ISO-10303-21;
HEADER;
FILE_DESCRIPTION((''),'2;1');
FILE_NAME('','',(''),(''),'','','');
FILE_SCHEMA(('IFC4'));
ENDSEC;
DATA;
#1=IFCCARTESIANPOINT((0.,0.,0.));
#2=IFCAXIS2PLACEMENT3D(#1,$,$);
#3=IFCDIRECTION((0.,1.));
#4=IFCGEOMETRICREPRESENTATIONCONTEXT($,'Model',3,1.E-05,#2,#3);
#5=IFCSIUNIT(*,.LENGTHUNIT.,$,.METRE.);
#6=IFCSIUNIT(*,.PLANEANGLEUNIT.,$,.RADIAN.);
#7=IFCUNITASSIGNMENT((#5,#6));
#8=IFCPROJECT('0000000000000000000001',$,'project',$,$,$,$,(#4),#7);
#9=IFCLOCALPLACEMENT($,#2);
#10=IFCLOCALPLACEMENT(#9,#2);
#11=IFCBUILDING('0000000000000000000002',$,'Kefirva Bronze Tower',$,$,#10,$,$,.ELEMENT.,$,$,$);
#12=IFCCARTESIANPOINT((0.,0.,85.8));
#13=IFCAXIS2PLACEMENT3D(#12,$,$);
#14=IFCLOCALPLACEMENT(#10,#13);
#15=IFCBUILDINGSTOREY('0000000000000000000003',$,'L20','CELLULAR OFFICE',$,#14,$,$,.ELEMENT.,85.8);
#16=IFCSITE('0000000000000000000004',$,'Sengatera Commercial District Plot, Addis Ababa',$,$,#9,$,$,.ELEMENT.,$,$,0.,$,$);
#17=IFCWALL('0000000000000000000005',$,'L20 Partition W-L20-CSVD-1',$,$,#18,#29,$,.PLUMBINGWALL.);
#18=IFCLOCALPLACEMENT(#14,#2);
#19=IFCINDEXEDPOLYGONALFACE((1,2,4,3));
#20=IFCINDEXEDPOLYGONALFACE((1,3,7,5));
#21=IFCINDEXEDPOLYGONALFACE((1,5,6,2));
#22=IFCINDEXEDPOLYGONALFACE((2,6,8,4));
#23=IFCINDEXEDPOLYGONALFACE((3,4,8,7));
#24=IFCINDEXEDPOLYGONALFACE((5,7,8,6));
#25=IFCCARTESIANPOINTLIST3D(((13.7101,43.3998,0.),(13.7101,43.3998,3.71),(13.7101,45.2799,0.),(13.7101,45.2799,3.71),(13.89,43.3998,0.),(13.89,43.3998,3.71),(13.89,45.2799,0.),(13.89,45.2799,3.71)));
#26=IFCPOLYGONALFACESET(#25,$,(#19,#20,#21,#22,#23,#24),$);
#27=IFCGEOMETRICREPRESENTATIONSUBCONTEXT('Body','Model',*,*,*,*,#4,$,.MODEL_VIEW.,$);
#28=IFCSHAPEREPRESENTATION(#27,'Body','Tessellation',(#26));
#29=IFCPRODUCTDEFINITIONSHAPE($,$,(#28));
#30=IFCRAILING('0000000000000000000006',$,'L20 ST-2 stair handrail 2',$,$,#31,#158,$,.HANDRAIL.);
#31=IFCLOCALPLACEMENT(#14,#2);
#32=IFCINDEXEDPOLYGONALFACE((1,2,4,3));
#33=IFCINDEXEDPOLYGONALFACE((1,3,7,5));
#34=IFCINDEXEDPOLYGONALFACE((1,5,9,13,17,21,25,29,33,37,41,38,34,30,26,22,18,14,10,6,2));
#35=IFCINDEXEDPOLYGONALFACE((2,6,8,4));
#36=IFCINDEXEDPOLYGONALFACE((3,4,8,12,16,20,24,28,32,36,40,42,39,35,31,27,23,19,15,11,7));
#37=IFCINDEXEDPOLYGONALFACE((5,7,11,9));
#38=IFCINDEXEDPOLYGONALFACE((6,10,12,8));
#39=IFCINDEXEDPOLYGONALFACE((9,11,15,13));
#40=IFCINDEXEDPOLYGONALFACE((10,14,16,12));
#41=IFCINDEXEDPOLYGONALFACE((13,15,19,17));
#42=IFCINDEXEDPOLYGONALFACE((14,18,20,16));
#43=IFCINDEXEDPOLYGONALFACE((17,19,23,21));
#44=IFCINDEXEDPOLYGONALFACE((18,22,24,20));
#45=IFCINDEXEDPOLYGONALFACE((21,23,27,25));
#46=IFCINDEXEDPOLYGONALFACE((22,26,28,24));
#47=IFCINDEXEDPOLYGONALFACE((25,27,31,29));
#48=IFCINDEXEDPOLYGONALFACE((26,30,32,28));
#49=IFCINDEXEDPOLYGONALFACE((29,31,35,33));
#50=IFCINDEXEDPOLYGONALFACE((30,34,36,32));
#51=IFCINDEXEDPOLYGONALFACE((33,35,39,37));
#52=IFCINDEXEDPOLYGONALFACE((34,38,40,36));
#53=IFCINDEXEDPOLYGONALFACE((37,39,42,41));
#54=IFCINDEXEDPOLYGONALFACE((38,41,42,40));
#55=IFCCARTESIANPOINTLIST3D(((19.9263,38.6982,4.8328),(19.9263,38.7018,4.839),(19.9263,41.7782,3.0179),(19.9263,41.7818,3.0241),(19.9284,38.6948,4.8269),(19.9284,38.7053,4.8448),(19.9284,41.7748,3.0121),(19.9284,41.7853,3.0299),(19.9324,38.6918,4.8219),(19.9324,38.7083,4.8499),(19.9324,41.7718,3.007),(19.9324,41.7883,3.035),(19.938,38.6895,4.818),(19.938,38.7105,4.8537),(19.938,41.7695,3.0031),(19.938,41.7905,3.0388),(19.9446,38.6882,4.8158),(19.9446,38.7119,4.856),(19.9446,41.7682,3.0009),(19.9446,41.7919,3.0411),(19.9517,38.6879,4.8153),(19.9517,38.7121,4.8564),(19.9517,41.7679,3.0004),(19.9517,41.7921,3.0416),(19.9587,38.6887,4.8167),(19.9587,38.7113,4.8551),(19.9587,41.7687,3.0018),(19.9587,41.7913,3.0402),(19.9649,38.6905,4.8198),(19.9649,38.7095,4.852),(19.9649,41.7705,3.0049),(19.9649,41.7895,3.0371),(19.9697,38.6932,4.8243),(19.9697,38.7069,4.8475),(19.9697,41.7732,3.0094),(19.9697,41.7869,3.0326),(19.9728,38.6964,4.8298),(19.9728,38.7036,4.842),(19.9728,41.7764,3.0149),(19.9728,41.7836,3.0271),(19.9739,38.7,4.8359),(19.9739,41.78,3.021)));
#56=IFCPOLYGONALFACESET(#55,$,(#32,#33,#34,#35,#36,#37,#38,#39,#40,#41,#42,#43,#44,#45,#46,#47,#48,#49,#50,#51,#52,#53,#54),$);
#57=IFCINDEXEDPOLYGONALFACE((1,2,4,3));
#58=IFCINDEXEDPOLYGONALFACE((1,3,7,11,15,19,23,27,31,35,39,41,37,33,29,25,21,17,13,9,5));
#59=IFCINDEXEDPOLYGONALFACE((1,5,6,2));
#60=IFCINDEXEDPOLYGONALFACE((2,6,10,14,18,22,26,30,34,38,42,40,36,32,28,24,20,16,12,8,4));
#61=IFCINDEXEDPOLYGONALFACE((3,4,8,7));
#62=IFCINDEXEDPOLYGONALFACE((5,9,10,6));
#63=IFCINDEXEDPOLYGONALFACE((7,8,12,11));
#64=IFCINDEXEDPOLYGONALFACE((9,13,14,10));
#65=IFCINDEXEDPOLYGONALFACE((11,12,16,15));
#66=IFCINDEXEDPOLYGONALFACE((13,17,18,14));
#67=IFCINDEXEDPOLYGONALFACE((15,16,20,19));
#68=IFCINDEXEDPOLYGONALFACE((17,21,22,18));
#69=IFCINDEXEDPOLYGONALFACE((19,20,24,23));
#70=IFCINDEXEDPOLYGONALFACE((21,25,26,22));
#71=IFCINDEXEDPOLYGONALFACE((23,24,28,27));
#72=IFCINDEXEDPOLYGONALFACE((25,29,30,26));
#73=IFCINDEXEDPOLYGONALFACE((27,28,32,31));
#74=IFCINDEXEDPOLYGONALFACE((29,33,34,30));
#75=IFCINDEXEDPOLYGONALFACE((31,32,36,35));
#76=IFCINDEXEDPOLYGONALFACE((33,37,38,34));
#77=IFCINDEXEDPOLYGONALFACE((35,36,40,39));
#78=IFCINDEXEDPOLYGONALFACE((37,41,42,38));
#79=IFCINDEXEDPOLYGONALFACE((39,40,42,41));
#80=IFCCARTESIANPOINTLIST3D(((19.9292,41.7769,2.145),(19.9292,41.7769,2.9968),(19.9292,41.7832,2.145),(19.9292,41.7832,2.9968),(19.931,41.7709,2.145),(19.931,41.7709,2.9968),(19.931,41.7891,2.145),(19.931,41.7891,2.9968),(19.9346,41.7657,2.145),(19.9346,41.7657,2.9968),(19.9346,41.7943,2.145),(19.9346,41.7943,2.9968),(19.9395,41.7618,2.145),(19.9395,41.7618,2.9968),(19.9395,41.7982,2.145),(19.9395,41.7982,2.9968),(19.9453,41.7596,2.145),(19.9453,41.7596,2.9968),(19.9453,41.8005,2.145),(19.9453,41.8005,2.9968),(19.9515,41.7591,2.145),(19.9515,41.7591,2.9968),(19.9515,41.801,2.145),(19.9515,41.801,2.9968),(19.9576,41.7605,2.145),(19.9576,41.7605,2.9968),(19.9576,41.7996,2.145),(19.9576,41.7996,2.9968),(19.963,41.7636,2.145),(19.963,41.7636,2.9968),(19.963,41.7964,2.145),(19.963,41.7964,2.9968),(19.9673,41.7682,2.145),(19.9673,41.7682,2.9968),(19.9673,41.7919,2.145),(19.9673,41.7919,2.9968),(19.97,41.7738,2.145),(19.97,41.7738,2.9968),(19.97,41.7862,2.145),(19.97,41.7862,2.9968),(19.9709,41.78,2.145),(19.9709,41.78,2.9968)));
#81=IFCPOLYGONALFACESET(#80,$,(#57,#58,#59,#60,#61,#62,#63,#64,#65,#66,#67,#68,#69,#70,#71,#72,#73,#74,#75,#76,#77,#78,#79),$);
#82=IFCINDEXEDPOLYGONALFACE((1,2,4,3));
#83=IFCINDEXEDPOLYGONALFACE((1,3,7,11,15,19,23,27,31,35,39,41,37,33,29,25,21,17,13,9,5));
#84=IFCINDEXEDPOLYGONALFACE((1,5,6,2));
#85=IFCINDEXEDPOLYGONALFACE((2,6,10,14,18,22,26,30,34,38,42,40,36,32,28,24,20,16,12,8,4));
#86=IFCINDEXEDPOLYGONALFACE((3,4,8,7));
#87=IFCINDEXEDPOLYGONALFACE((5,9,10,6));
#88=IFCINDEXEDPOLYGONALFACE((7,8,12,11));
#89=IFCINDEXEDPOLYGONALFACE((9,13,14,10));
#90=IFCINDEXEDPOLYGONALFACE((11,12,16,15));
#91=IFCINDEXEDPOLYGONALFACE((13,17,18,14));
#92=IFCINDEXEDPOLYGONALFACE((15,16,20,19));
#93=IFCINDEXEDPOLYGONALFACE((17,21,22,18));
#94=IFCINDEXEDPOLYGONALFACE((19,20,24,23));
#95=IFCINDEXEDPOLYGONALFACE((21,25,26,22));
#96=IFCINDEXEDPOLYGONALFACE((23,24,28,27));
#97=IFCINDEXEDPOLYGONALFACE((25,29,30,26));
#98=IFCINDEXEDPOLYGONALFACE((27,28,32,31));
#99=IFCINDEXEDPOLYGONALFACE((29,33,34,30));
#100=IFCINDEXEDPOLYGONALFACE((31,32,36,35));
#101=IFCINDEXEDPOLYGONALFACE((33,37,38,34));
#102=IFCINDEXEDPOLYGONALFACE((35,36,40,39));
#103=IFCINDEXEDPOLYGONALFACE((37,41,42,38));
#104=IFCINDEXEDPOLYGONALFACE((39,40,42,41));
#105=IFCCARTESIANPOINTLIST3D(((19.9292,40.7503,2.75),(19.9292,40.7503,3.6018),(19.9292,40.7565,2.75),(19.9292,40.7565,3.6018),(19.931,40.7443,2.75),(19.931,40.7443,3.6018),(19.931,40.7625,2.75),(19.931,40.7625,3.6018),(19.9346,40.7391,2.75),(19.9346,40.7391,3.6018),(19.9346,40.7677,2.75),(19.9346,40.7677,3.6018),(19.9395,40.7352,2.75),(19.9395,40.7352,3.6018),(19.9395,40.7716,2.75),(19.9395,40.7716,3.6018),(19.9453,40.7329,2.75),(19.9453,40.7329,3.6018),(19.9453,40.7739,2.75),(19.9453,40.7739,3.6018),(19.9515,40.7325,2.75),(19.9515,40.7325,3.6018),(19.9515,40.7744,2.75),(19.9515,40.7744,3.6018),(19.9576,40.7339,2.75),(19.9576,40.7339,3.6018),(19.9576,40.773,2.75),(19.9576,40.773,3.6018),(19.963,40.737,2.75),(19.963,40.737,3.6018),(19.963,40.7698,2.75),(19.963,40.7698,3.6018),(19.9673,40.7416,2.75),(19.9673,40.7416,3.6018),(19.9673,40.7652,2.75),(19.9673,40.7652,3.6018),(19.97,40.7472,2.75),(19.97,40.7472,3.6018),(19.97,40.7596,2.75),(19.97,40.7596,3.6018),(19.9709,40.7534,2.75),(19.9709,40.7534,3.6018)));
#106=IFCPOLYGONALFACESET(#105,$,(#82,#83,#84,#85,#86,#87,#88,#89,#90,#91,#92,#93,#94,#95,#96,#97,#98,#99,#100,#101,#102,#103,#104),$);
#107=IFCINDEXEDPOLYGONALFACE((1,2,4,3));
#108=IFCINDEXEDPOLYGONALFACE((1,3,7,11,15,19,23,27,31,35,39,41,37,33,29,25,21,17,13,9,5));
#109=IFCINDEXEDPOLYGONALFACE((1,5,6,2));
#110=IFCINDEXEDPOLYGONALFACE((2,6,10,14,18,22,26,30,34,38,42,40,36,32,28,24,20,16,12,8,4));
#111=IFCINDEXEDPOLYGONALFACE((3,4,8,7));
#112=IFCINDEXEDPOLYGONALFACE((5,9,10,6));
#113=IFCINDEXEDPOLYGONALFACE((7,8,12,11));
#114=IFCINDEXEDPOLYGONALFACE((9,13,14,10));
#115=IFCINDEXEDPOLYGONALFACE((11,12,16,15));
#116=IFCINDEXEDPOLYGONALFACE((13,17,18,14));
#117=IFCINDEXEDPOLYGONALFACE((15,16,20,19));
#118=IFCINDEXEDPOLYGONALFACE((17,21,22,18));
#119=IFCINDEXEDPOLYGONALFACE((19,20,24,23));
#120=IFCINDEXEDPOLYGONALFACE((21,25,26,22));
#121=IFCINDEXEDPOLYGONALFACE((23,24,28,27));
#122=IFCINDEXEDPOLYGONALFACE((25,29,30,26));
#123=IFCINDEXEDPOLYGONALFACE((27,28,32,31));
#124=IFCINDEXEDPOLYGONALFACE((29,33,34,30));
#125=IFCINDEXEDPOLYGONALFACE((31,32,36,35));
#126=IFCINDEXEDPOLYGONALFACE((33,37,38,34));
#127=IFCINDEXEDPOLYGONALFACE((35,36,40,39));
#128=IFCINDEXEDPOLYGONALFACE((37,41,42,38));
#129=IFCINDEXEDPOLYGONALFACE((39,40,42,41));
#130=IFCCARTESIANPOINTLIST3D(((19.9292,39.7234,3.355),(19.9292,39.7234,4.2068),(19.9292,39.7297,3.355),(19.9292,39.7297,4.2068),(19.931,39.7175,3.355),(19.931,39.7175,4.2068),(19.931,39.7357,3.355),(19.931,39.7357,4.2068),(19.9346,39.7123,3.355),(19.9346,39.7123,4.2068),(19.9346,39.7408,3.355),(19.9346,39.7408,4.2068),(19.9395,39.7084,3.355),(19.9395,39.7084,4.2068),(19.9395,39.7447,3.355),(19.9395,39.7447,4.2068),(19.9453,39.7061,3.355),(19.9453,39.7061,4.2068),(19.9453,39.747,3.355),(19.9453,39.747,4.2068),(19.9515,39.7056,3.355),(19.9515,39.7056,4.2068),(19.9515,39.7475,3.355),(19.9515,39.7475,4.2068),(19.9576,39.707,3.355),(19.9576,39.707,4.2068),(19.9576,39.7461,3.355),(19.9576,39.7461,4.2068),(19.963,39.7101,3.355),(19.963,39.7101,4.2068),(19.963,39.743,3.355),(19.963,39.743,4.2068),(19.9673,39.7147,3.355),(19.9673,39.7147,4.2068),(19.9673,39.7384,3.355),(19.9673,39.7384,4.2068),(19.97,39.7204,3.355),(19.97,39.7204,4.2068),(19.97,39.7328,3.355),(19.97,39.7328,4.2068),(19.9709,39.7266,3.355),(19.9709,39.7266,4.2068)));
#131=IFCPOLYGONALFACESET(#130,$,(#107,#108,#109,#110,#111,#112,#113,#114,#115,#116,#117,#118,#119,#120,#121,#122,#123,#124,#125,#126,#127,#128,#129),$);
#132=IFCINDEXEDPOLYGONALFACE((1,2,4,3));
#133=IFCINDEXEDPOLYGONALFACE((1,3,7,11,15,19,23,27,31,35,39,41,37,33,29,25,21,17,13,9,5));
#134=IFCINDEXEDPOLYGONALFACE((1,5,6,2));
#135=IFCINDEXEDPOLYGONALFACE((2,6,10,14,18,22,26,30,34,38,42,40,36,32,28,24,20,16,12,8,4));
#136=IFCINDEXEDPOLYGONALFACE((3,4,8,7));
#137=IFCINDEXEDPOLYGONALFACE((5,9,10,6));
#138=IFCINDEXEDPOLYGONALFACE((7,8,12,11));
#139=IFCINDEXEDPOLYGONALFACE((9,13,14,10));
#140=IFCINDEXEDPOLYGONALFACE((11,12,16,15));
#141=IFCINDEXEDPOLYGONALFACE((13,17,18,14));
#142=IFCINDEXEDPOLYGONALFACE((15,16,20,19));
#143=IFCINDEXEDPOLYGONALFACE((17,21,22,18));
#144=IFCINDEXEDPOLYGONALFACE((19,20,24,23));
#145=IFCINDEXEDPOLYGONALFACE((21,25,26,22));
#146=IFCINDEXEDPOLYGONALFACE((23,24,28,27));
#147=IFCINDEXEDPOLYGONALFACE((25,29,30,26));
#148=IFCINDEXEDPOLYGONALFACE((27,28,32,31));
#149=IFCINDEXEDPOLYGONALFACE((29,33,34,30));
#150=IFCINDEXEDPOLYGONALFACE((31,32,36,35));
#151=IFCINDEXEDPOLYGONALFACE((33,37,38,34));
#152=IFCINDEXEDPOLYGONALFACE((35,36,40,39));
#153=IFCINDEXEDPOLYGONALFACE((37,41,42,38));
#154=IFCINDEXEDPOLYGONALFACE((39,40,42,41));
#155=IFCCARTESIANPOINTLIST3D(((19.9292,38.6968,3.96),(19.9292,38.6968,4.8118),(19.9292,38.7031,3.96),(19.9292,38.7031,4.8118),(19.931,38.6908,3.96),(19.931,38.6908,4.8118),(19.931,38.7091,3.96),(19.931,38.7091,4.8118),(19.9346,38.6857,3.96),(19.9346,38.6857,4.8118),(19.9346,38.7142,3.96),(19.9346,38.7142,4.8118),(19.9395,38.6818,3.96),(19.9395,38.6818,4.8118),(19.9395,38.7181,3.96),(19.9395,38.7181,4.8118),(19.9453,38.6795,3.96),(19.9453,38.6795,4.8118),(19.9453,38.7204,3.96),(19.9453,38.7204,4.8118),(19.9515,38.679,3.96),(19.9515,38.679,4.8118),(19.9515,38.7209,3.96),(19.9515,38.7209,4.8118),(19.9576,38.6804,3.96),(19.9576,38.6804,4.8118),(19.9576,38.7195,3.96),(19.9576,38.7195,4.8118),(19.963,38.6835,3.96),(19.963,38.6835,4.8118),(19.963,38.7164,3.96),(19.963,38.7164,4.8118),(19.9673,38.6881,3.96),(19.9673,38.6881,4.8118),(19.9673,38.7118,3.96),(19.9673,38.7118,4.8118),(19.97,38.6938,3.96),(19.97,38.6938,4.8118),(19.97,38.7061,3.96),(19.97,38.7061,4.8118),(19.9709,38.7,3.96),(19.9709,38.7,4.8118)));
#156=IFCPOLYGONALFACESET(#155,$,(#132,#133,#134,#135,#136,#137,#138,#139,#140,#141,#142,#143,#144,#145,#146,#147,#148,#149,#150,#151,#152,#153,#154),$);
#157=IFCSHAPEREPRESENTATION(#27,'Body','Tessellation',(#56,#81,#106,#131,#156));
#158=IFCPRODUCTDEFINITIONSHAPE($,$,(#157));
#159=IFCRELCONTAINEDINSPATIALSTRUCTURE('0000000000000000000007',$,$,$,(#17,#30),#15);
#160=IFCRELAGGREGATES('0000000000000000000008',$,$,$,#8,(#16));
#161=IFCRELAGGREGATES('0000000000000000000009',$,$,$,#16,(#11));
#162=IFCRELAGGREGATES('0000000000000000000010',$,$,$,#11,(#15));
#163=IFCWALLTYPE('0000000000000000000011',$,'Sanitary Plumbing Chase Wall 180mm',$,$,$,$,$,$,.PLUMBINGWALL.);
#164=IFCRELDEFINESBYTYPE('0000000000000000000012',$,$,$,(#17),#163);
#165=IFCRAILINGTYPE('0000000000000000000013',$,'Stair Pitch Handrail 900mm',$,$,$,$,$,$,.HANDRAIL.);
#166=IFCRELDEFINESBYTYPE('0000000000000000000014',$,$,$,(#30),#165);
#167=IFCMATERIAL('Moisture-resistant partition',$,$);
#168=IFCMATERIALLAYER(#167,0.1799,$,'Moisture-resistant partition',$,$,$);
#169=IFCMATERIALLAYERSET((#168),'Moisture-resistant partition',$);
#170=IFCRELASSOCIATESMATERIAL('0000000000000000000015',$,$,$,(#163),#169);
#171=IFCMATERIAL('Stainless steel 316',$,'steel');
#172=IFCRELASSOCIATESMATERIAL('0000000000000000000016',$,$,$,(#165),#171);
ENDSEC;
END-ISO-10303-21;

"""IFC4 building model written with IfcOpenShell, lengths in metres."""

from ifc_helpers import new_model, si_unit, direction, frame, frame_2d, origin, origin_2d, place, context, subcontext, project, spatial, rectangle, circle, extrude, material, layer, layer_set, type_object, element, save


model = new_model("IFC4")

# Units and contexts
model_context = context("Model", 3, precision=1e-05, world=origin(), true_north=direction((0.0, 1.0)))
body_context = subcontext(model_context, "Body", "Model", "MODEL_VIEW")
ifc_project = project(units=[si_unit("LENGTHUNIT", "METRE"), si_unit("PLANEANGLEUNIT", "RADIAN")], contexts=[model_context])

# Site, building, storey
site_placement = place(None, origin())
site = spatial("IfcSite", under=ifc_project, at=site_placement, Name="Sengatera Commercial District Plot, Addis Ababa", CompositionType="ELEMENT", RefElevation=0.0)
building_placement = place(site_placement, origin())
building = spatial("IfcBuilding", under=site, at=building_placement, Name="Kefirva Bronze Tower", CompositionType="ELEMENT")
storey_placement = place(building_placement, frame((0.0, 0.0, 85.8)))
storey = spatial("IfcBuildingStorey", under=building, at=storey_placement, Name="L20", Description="CELLULAR OFFICE", CompositionType="ELEMENT", Elevation=85.8)

# Wall
ifc_material_1 = material(Name="Moisture-resistant partition")
ifc_layer_1 = layer(ifc_material_1, 0.1799, Name="Moisture-resistant partition")
ifc_layer_set_1 = layer_set([ifc_layer_1], Name="Moisture-resistant partition")
wall_type_1 = type_object("IfcWallType", Name="Sanitary Plumbing Chase Wall 180mm", PredefinedType="PLUMBINGWALL", material=ifc_layer_set_1)
for number, where, z_axis, x_axis, name in (
    (1, (13.8, 43.3999, 0.0), (0.0, 0.0, 1.0), (0.0, 1.0, 0.0), "L20 Partition W-L20-CSVD-1"),
):
    element("IfcWall", number, at=place(storey_placement, frame(where, z_axis=z_axis, x_axis=x_axis)), inside=storey, type_object=wall_type_1, Name=name, PredefinedType="PLUMBINGWALL", context=body_context, shape_type="SweptSolid", body=[
        extrude(rectangle(XDim=1.8801, YDim=0.1799, at=frame_2d((0.9399, 0.0))), origin(), (0.0, 0.0, 1.0), 3.71),
    ])

# Railing
ifc_material_2 = material(Name="Stainless steel 316", Category="steel")
railing_type = type_object("IfcRailingType", Name="Stair Pitch Handrail 900mm", PredefinedType="HANDRAIL", material=ifc_material_2)
railing_placement = place(storey_placement, frame((19.95, 41.78, 2.145)))
element("IfcRailing", 2, at=railing_placement, inside=storey, type_object=railing_type, Name="L20 ST-2 stair handrail 2", PredefinedType="HANDRAIL", context=body_context, shape_type="SweptSolid", body=[
    extrude(circle(Radius=0.0239, at=origin_2d()), frame((0.0, 0.0, 0.876), z_axis=(0.0, -0.861551, 0.507671), x_axis=(1.0, 0.0, 0.0)), (0.0, 0.0, 1.0), 3.575),
    extrude(circle(Radius=0.021, at=origin_2d()), origin(), (0.0, 0.0, 1.0), 0.8518),
    extrude(circle(Radius=0.021, at=origin_2d()), frame((0.0, -1.0266, 0.605)), (0.0, 0.0, 1.0), 0.8518),
    extrude(circle(Radius=0.021, at=origin_2d()), frame((0.0, -2.0535, 1.21)), (0.0, 0.0, 1.0), 0.8518),
    extrude(circle(Radius=0.021, at=origin_2d()), frame((0.0, -3.0801, 1.8149)), (0.0, 0.0, 1.0), 0.8518),
])

save(model, "model.ifc")
